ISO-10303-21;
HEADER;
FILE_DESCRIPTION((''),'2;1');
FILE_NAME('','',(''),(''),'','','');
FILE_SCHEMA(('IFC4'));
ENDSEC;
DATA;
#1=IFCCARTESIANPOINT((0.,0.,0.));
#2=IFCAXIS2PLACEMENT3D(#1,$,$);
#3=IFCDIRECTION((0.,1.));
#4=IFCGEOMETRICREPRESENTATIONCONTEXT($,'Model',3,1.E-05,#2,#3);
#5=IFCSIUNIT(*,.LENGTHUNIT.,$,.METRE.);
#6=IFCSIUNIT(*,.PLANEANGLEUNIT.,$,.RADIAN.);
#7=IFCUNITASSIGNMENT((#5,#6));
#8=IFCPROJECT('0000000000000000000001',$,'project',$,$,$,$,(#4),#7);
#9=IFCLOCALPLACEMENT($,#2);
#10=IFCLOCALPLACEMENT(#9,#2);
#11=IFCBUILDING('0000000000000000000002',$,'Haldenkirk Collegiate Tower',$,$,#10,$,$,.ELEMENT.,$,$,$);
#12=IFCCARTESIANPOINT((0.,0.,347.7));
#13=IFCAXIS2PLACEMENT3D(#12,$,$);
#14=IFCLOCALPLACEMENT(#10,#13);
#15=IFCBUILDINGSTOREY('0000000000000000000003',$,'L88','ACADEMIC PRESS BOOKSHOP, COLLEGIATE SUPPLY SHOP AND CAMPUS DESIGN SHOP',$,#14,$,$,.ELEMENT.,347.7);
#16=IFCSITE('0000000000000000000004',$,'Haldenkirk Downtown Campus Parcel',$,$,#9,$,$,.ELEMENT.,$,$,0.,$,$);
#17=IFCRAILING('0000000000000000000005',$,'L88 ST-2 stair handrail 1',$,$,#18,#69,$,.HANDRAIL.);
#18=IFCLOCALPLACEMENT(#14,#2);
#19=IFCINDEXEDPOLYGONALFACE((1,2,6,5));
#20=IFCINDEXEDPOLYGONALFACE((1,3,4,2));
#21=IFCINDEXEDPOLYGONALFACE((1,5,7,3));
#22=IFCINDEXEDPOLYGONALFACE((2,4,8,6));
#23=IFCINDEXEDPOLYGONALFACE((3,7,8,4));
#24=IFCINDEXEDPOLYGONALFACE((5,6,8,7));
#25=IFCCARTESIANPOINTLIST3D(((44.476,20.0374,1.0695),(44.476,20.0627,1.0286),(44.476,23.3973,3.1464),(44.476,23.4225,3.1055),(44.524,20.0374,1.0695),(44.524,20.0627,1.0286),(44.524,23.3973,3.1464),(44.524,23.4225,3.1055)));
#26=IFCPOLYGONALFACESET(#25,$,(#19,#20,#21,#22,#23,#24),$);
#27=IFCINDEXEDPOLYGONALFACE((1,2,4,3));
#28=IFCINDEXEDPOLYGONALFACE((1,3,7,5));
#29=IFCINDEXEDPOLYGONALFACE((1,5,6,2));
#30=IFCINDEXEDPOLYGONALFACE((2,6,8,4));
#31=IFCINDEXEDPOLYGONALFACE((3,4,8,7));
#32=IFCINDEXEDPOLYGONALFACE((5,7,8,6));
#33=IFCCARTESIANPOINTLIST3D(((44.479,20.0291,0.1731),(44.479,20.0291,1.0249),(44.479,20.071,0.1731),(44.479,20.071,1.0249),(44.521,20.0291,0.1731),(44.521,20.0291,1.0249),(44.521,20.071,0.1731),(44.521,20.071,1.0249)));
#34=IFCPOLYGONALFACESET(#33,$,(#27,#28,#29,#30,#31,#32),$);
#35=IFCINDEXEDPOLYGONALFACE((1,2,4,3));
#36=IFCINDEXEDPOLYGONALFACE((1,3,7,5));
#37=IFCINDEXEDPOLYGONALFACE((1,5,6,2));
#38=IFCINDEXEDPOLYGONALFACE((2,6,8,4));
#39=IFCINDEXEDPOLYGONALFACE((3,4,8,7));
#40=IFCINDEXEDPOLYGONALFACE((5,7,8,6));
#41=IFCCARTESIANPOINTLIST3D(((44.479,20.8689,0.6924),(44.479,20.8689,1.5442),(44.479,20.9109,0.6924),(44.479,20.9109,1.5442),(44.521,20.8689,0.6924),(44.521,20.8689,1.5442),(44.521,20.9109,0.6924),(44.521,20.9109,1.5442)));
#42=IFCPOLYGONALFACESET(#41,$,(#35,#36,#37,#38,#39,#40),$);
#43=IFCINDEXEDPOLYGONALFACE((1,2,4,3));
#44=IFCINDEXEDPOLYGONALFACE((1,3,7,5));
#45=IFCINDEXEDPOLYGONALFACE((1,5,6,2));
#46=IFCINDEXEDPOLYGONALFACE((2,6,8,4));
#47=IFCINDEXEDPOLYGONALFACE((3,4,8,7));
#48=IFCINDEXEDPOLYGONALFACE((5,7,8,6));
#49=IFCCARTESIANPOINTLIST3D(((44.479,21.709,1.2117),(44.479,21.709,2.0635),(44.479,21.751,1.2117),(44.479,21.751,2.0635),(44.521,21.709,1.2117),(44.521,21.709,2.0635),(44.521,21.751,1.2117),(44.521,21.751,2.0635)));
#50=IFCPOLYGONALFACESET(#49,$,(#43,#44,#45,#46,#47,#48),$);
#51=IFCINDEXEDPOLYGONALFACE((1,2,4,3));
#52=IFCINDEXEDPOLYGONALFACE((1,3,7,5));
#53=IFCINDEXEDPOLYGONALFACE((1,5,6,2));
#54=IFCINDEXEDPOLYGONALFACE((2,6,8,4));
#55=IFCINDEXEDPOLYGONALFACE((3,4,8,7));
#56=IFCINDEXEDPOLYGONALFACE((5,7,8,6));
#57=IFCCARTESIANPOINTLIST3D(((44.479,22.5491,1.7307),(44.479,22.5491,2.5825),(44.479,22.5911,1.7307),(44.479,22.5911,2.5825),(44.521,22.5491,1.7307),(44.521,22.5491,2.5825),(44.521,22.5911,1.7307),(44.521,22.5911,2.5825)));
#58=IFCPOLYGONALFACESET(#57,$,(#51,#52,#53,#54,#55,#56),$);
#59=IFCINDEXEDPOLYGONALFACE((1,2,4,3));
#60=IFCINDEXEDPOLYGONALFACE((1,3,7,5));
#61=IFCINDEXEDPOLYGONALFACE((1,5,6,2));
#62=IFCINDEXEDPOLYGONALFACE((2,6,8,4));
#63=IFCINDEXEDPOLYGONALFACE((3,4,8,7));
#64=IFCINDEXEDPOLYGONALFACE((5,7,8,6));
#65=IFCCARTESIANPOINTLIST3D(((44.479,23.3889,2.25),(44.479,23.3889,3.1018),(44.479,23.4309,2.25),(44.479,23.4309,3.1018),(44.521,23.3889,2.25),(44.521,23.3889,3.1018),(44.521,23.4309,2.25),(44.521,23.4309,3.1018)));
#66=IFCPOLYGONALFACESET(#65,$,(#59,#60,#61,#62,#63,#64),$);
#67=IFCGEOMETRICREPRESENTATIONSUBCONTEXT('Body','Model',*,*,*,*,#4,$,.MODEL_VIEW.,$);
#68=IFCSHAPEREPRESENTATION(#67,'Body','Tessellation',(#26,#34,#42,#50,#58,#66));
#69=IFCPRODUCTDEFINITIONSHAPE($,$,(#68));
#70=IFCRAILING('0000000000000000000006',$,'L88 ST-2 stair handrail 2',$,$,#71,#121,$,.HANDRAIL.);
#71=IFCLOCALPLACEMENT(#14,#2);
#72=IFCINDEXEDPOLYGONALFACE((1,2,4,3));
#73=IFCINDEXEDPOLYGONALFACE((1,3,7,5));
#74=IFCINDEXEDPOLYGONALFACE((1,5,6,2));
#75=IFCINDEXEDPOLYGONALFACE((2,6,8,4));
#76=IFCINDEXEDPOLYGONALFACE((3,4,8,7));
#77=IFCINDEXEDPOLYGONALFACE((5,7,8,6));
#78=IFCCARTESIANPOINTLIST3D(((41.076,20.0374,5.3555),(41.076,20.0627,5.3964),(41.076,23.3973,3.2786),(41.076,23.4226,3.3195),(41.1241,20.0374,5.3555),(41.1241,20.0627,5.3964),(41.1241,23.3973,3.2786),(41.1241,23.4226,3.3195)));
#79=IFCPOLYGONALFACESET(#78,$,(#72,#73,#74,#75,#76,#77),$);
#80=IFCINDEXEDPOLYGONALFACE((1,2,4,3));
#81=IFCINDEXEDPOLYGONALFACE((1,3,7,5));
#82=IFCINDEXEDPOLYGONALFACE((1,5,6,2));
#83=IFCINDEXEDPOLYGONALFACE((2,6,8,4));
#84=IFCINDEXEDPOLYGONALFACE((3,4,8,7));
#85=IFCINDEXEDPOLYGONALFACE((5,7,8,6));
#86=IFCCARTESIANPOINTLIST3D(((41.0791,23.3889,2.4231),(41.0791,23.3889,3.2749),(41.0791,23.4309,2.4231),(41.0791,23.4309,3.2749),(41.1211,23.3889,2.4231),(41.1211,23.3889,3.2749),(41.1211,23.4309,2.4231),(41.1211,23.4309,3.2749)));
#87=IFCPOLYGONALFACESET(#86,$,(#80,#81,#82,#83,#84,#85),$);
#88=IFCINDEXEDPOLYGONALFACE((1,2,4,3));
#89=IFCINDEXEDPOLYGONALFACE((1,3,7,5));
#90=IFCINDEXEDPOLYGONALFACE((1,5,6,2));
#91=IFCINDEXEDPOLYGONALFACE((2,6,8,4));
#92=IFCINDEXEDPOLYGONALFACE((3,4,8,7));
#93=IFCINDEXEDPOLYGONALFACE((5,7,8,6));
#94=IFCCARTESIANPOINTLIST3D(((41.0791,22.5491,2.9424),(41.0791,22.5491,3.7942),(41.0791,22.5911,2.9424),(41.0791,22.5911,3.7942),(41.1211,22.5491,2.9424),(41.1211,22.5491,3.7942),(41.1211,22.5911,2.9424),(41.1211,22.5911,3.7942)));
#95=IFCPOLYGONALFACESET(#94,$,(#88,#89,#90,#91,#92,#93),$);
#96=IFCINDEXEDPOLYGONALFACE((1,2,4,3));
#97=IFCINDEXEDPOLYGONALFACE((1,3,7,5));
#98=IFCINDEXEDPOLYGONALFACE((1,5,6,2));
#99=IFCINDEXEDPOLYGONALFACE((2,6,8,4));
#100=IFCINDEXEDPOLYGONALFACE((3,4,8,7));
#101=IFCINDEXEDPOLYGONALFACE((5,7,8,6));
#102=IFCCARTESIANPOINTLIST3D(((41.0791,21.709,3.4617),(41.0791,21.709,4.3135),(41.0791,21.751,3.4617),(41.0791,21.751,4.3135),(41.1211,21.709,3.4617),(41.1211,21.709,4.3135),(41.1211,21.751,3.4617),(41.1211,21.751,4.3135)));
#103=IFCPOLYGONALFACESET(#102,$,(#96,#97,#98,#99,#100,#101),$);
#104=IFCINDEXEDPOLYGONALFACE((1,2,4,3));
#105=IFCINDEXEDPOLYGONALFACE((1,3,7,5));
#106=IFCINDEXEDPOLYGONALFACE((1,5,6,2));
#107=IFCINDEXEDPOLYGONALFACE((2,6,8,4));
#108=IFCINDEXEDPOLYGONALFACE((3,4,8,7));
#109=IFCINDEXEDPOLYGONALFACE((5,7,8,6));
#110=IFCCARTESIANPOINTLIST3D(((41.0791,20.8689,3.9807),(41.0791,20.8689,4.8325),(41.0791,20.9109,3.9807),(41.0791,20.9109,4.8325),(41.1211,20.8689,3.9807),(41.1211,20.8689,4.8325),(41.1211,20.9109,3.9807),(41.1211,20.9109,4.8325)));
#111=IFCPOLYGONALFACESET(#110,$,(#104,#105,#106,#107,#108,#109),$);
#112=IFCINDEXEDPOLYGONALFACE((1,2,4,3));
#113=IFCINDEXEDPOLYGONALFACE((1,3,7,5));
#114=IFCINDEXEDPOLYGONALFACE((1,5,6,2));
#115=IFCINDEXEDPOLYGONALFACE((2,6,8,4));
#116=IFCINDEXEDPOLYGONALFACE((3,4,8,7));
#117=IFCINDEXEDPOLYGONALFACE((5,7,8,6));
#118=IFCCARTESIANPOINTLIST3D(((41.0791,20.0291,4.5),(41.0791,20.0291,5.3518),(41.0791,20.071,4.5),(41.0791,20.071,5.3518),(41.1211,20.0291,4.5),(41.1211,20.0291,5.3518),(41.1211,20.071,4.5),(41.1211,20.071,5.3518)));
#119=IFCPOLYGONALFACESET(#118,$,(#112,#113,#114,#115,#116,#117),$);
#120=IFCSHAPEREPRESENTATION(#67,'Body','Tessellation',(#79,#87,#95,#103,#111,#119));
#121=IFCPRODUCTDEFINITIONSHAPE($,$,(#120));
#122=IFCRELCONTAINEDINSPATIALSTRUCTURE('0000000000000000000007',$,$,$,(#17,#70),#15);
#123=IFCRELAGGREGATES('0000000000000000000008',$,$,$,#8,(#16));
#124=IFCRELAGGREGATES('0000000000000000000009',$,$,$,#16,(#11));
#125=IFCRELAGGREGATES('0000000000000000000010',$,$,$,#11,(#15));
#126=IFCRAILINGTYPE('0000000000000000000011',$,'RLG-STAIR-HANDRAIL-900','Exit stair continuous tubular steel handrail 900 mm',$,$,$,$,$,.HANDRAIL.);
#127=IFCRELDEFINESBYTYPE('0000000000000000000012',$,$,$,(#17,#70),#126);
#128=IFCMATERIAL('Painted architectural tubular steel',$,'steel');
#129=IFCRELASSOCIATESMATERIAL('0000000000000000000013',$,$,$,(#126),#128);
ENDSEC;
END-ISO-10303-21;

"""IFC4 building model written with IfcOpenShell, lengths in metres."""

from ifc_helpers import new_model, si_unit, direction, frame, origin, origin_2d, place, context, subcontext, project, spatial, rectangle, extrude, material, type_object, element, save


model = new_model("IFC4")

# Units and contexts
model_context = context("Model", 3, precision=1e-05, world=origin(), true_north=direction((0.0, 1.0)))
body_context = subcontext(model_context, "Body", "Model", "MODEL_VIEW")
ifc_project = project(units=[si_unit("LENGTHUNIT", "METRE"), si_unit("PLANEANGLEUNIT", "RADIAN")], contexts=[model_context])

# Site, building, storey
site_placement = place(None, origin())
site = spatial("IfcSite", under=ifc_project, at=site_placement, Name="Haldenkirk Downtown Campus Parcel", CompositionType="ELEMENT", RefElevation=0.0)
building_placement = place(site_placement, origin())
building = spatial("IfcBuilding", under=site, at=building_placement, Name="Haldenkirk Collegiate Tower", CompositionType="ELEMENT")
storey_placement = place(building_placement, frame((0.0, 0.0, 347.7)))
storey = spatial("IfcBuildingStorey", under=building, at=storey_placement, Name="L88", Description="ACADEMIC PRESS BOOKSHOP, COLLEGIATE SUPPLY SHOP AND CAMPUS DESIGN SHOP", CompositionType="ELEMENT", Elevation=347.7)

# Railings
ifc_material_1 = material(Name="Painted architectural tubular steel", Category="steel")
railing_type_1 = type_object("IfcRailingType", Name="RLG-STAIR-HANDRAIL-900", Description="Exit stair continuous tubular steel handrail 900 mm", PredefinedType="HANDRAIL", material=ifc_material_1)
railing_1_placement = place(storey_placement, frame((44.5, 20.05, 0.1731)))
element("IfcRailing", 1, at=railing_1_placement, inside=storey, type_object=railing_type_1, Name="L88 ST-2 stair handrail 1", PredefinedType="HANDRAIL", context=body_context, shape_type="SweptSolid", body=[
    extrude(rectangle(XDim=0.0481, YDim=0.0481, at=origin_2d()), frame((0.0, 0.0, 0.876), z_axis=(0.0, 0.850606, 0.525803), x_axis=(-1.0, 0.0, 0.0)), (0.0, 0.0, 1.0), 3.95),
    extrude(rectangle(XDim=0.042, YDim=0.042, at=origin_2d()), origin(), (0.0, 0.0, 1.0), 0.8518),
    extrude(rectangle(XDim=0.042, YDim=0.042, at=origin_2d()), frame((0.0, 0.8398, 0.5193)), (0.0, 0.0, 1.0), 0.8518),
    extrude(rectangle(XDim=0.042, YDim=0.042, at=origin_2d()), frame((0.0, 1.6799, 1.0386)), (0.0, 0.0, 1.0), 0.8518),
    extrude(rectangle(XDim=0.042, YDim=0.042, at=origin_2d()), frame((0.0, 2.52, 1.5576)), (0.0, 0.0, 1.0), 0.8518),
    extrude(rectangle(XDim=0.042, YDim=0.042, at=origin_2d()), frame((0.0, 3.3599, 2.0769)), (0.0, 0.0, 1.0), 0.8518),
])
railing_2_placement = place(storey_placement, frame((41.1001, 23.4099, 2.4231)))
element("IfcRailing", 2, at=railing_2_placement, inside=storey, type_object=railing_type_1, Name="L88 ST-2 stair handrail 2", PredefinedType="HANDRAIL", context=body_context, shape_type="SweptSolid", body=[
    extrude(rectangle(XDim=0.0481, YDim=0.0481, at=origin_2d()), frame((0.0, 0.0, 0.876), z_axis=(0.0, -0.850606, 0.525803), x_axis=(1.0, 0.0, 0.0)), (0.0, 0.0, 1.0), 3.95),
    extrude(rectangle(XDim=0.042, YDim=0.042, at=origin_2d()), origin(), (0.0, 0.0, 1.0), 0.8518),
    extrude(rectangle(XDim=0.042, YDim=0.042, at=origin_2d()), frame((0.0, -0.8398, 0.5193)), (0.0, 0.0, 1.0), 0.8518),
    extrude(rectangle(XDim=0.042, YDim=0.042, at=origin_2d()), frame((0.0, -1.6799, 1.0386)), (0.0, 0.0, 1.0), 0.8518),
    extrude(rectangle(XDim=0.042, YDim=0.042, at=origin_2d()), frame((0.0, -2.52, 1.5576)), (0.0, 0.0, 1.0), 0.8518),
    extrude(rectangle(XDim=0.042, YDim=0.042, at=origin_2d()), frame((0.0, -3.3599, 2.0769)), (0.0, 0.0, 1.0), 0.8518),
])

save(model, "model.ifc")
